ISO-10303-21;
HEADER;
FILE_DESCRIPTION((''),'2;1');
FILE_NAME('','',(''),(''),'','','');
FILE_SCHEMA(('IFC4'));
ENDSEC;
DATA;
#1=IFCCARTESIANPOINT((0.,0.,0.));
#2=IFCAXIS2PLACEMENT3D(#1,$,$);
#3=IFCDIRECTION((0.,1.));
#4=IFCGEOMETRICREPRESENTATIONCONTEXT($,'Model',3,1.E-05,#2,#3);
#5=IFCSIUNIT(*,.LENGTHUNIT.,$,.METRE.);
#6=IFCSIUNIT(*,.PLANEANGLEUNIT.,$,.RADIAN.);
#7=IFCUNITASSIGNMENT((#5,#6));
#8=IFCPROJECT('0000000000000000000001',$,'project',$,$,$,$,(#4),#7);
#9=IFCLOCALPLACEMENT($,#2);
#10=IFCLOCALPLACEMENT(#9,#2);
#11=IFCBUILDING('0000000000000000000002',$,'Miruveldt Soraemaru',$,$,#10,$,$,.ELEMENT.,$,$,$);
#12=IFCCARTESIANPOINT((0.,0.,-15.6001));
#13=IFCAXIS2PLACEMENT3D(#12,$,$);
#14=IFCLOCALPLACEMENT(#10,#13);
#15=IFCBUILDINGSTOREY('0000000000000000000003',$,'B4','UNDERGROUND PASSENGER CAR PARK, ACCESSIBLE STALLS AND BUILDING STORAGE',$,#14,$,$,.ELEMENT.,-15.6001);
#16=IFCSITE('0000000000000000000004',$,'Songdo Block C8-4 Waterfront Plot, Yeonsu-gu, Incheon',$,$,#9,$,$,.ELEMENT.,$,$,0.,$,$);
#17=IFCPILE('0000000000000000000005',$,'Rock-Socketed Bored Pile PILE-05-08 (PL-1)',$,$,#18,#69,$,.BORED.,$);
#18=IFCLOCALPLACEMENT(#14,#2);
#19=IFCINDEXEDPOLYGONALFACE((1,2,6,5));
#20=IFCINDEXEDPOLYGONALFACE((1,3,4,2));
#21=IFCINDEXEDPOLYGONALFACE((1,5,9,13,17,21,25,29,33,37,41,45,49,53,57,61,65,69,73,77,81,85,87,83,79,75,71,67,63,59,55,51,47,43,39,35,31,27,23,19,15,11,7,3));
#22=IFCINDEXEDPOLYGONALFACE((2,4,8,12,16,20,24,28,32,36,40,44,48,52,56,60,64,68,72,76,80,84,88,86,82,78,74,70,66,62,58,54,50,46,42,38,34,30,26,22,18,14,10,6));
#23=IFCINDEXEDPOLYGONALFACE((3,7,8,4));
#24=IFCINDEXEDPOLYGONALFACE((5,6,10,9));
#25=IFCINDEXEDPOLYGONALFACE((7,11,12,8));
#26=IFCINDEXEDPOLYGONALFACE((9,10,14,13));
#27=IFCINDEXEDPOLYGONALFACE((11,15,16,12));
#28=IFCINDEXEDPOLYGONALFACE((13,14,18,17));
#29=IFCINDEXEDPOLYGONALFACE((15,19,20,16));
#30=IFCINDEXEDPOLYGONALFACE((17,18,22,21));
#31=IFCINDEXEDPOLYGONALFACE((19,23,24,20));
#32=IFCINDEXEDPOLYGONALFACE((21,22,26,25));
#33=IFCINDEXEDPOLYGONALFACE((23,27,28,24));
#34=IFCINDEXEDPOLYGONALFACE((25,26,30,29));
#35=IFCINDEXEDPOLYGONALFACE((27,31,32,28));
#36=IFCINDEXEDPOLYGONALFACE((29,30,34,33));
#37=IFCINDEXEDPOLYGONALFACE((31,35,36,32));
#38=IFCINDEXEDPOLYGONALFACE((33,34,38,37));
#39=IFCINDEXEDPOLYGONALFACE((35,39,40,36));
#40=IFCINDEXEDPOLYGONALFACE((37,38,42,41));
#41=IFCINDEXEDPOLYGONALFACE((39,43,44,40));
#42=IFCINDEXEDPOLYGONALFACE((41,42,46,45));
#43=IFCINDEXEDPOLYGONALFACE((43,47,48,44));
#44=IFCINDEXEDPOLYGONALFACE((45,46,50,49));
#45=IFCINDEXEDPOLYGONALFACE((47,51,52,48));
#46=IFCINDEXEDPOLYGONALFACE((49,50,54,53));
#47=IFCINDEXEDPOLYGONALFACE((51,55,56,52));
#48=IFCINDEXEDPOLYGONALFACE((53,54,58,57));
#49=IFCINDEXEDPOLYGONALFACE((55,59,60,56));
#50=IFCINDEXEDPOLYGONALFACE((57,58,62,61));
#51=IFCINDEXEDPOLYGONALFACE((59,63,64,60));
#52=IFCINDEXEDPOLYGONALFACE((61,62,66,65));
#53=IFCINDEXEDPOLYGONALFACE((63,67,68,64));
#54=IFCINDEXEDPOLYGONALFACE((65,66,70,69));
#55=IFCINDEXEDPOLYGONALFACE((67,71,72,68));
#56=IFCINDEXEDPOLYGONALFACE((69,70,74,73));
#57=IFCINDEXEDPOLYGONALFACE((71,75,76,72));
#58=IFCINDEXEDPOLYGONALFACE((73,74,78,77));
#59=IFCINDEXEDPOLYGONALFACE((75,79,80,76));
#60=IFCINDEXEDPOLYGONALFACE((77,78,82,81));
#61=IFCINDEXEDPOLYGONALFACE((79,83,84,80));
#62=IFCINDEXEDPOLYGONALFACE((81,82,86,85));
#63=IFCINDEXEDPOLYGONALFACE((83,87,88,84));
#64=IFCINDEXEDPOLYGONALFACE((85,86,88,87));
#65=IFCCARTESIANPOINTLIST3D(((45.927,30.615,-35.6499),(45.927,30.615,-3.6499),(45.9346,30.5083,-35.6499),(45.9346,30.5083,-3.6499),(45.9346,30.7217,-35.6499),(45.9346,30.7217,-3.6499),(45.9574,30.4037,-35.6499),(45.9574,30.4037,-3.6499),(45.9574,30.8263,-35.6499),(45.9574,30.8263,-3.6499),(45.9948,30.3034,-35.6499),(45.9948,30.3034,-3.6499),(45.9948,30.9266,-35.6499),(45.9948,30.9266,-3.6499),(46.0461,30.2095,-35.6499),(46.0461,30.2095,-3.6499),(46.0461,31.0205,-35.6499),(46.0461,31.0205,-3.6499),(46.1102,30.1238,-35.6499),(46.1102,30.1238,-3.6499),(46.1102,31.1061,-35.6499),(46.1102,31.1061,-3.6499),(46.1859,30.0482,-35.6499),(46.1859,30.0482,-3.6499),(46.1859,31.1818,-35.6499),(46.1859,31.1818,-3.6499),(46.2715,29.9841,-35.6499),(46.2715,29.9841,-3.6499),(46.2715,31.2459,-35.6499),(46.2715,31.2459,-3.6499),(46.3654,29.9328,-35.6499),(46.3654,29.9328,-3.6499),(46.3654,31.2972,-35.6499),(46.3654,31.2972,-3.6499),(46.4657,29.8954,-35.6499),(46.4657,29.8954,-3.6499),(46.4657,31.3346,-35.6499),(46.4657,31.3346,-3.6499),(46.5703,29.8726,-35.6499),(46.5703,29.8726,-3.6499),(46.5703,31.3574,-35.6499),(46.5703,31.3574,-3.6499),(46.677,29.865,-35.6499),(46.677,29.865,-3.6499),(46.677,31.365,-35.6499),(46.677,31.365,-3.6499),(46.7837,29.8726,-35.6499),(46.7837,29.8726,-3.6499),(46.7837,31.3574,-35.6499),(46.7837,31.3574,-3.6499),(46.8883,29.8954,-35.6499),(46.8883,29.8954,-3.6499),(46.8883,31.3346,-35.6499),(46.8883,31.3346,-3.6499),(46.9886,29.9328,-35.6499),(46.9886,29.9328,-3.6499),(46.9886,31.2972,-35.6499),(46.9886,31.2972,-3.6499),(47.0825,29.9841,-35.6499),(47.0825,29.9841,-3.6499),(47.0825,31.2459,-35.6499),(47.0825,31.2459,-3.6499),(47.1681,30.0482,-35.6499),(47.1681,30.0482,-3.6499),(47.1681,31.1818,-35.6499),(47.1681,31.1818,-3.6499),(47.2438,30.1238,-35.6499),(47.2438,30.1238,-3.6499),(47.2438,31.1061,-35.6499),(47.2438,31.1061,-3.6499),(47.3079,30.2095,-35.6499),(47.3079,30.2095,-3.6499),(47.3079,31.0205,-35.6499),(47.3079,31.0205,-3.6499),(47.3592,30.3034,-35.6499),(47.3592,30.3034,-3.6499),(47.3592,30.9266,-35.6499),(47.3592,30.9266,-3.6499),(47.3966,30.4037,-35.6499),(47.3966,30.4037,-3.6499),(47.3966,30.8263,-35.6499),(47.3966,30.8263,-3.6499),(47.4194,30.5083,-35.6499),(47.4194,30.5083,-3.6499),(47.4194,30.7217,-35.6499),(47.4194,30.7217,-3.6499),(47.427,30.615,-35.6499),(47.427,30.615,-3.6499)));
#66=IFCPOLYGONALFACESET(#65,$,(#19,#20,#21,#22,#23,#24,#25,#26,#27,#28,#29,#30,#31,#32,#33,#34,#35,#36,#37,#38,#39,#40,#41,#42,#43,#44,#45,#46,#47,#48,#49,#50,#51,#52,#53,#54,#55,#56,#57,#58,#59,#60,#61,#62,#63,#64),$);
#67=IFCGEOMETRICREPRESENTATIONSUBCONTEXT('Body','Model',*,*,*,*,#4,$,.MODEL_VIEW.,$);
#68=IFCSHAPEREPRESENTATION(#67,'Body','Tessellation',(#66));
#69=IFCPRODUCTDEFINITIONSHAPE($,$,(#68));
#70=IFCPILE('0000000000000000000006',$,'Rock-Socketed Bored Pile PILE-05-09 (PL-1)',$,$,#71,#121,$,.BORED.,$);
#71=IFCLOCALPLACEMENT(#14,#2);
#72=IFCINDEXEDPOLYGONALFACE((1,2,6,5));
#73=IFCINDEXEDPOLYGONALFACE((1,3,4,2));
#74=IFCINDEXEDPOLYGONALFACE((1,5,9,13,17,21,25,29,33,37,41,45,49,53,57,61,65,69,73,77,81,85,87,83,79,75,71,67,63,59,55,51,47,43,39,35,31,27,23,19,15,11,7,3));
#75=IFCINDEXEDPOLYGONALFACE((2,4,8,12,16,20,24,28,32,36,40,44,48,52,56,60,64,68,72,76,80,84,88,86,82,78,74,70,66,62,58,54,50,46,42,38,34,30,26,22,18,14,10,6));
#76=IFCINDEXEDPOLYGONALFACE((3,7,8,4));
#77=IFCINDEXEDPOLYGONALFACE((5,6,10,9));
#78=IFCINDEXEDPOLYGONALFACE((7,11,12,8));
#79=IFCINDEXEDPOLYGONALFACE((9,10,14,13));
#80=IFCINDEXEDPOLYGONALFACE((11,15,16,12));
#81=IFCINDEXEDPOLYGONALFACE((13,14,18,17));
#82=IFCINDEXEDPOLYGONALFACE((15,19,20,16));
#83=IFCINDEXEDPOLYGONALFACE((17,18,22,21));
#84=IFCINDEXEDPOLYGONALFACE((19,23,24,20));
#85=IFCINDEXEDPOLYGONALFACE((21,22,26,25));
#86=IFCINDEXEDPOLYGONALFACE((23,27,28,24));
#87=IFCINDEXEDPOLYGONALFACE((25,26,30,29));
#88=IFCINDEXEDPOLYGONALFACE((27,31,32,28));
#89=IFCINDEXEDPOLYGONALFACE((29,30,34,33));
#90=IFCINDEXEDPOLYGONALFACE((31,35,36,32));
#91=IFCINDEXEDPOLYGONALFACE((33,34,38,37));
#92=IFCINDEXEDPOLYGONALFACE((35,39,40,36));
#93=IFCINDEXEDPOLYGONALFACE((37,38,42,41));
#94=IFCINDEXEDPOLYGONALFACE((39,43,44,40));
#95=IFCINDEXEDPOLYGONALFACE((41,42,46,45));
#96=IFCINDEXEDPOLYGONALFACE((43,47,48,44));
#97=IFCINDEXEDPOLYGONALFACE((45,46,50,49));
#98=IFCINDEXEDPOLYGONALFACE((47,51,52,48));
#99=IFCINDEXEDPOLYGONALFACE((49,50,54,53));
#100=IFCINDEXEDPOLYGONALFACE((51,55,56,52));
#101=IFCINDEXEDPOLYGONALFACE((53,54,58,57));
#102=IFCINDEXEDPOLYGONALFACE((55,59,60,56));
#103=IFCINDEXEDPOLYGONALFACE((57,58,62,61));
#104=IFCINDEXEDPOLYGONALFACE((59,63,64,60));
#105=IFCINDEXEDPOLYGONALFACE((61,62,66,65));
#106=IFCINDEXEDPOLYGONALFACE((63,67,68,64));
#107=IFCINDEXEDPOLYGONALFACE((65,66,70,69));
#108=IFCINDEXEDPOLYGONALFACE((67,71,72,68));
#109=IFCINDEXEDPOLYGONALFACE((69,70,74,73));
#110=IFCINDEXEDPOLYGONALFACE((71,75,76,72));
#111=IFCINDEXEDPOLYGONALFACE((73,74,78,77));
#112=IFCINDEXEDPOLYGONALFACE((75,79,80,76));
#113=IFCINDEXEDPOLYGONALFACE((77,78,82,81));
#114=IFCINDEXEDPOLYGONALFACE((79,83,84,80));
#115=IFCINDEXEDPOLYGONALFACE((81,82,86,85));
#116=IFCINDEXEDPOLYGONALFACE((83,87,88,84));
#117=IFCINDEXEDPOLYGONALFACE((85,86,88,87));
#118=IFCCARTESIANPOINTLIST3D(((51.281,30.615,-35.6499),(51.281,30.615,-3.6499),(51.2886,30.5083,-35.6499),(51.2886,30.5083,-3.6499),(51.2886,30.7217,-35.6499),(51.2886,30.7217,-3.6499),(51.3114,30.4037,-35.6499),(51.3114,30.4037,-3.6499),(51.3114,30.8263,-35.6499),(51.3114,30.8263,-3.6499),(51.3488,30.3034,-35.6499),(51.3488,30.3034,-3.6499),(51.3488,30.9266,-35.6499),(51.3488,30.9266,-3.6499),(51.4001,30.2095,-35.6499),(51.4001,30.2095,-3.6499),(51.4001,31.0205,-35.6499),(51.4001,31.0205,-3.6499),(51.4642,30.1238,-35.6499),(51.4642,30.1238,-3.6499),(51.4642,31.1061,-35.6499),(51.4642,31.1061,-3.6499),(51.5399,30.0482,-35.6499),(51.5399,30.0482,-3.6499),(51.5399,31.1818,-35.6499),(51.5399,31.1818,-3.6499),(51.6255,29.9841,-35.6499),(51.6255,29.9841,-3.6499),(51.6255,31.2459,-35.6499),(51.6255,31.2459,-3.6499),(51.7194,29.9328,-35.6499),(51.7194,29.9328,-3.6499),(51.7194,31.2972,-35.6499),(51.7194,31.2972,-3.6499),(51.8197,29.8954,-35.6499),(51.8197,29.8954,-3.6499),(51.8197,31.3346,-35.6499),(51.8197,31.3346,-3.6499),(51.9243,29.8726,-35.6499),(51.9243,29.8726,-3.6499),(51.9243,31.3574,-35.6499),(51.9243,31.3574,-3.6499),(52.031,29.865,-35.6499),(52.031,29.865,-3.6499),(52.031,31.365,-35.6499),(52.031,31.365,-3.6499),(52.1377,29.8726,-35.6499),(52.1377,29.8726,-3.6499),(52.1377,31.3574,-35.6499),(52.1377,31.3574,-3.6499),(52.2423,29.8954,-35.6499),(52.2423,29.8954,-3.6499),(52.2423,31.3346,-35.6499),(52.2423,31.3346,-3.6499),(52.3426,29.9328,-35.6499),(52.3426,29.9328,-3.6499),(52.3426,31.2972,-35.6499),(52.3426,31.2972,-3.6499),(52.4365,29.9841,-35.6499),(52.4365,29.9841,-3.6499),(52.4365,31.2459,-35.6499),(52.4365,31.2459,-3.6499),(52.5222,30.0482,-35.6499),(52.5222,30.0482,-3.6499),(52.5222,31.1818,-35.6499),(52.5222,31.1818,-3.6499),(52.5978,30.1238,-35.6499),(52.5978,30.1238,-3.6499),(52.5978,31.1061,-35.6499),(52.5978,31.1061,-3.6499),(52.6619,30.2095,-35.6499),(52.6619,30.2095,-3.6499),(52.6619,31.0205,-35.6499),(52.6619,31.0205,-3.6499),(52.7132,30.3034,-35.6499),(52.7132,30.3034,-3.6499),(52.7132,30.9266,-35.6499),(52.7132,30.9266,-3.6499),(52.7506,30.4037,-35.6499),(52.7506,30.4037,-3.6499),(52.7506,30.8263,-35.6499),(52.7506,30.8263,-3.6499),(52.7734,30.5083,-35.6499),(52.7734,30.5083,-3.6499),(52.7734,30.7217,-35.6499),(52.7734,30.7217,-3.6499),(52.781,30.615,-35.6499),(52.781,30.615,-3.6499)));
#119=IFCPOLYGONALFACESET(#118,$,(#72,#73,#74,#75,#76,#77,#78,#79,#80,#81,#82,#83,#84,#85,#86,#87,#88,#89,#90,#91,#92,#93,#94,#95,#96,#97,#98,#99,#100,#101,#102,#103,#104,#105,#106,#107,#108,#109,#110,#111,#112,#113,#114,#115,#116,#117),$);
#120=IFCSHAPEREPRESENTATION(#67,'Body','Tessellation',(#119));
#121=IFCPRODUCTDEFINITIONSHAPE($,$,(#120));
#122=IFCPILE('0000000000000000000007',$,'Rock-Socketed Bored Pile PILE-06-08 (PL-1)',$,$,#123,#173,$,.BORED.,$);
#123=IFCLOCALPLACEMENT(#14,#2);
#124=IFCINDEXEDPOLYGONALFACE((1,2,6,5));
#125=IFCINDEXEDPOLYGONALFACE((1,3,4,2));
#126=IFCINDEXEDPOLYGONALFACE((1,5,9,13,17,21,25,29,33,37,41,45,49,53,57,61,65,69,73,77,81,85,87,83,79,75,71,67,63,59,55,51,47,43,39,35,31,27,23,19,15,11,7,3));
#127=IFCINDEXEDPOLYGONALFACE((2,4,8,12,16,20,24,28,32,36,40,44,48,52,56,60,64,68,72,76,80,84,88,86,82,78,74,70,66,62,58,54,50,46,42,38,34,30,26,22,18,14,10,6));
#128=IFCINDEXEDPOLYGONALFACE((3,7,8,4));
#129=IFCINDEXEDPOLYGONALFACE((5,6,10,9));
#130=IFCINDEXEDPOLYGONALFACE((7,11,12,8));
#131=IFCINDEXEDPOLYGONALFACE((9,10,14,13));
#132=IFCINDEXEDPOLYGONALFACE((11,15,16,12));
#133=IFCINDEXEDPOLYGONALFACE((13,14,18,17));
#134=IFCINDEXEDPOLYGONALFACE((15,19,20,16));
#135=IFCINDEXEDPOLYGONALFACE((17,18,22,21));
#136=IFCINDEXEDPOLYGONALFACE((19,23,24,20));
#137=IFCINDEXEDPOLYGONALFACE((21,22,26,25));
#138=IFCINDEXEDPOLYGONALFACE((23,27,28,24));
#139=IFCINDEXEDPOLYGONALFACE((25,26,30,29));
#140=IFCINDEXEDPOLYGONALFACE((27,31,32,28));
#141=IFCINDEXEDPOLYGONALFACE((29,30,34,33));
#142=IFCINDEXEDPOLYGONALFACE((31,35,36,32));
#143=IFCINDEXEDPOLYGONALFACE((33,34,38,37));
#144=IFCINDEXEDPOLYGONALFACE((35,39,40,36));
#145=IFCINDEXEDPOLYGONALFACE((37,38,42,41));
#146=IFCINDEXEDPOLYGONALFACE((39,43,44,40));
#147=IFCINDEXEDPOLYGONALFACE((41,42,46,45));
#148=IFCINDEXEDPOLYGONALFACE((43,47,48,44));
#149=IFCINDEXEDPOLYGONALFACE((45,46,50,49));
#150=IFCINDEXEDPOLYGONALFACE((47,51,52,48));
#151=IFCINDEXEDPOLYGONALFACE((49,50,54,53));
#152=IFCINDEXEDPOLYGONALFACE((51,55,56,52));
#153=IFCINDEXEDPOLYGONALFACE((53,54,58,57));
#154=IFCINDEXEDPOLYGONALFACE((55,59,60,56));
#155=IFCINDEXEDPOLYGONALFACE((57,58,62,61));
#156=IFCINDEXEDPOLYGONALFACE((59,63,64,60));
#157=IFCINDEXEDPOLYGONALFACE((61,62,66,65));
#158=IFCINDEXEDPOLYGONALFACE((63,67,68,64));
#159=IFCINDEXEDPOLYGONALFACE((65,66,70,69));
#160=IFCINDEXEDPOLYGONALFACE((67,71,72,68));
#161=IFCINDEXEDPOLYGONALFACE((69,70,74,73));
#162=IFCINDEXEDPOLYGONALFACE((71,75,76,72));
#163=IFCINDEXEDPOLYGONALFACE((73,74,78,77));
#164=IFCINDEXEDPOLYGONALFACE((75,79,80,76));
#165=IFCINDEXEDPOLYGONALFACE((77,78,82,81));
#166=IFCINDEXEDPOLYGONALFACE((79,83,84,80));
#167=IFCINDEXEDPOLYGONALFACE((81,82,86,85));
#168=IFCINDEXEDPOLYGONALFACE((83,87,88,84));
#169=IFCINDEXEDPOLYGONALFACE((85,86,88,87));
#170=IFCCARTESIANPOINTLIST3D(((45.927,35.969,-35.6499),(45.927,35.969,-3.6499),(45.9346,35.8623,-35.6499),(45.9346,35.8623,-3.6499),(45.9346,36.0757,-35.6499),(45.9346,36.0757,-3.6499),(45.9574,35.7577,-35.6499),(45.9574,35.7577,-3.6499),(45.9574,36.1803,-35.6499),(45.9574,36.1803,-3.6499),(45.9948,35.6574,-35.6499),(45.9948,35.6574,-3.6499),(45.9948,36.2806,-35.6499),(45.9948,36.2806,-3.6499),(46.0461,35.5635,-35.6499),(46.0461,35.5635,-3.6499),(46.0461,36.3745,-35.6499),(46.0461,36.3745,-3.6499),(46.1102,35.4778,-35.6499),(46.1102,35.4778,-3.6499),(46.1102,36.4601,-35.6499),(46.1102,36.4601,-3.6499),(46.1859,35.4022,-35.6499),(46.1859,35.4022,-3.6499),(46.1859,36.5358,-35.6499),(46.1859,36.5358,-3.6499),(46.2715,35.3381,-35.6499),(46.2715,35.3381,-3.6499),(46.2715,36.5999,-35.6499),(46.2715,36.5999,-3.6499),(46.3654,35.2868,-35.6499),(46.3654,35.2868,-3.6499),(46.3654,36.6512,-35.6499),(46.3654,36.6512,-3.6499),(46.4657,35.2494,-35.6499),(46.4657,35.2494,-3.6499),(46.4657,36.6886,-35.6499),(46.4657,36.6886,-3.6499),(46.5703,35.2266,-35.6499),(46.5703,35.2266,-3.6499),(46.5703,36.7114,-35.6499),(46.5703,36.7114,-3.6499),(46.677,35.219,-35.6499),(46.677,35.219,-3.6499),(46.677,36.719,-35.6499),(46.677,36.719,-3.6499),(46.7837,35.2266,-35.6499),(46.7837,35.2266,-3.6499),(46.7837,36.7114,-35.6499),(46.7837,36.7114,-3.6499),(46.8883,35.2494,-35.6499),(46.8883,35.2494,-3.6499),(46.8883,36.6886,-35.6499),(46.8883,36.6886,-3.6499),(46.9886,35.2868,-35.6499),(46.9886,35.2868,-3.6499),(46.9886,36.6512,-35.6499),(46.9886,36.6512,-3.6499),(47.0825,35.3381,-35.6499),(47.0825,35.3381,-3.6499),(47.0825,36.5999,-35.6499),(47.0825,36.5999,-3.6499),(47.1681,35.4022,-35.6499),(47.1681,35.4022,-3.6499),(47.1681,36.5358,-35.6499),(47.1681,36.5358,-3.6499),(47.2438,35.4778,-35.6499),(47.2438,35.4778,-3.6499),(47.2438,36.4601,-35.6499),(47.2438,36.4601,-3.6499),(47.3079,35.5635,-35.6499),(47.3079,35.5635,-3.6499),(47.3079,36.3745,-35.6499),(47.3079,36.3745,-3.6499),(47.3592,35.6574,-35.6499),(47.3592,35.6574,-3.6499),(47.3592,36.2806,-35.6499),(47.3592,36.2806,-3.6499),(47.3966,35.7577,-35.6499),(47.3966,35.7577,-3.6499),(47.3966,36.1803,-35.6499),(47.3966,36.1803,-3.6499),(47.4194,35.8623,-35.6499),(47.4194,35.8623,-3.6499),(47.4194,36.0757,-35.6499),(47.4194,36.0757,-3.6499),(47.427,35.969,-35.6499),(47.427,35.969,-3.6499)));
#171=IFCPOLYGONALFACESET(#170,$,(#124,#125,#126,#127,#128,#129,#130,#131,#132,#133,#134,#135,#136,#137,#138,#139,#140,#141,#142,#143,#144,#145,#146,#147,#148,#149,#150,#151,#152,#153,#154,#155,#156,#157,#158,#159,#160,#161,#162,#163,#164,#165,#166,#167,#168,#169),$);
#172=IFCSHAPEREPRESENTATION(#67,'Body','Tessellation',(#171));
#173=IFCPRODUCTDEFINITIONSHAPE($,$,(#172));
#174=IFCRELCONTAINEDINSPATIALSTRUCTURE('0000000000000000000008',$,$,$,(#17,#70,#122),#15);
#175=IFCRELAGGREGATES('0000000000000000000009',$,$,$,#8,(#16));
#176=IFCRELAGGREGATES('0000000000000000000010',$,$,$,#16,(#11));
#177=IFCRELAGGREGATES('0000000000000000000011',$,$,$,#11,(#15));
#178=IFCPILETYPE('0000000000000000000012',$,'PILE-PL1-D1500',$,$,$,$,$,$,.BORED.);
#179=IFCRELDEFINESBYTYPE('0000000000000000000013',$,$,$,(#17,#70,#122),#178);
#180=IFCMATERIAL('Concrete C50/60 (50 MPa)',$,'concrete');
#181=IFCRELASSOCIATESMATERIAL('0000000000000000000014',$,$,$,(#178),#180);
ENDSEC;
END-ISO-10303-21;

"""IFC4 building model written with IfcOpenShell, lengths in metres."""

from ifc_helpers import new_model, si_unit, direction, frame, origin, origin_2d, place, context, subcontext, project, spatial, circle, extrude, material, material_profile, profile_set, type_object, element, save


model = new_model("IFC4")

# Units and contexts
model_context = context("Model", 3, precision=1e-05, world=origin(), true_north=direction((0.0, 1.0)))
body_context = subcontext(model_context, "Body", "Model", "MODEL_VIEW")
ifc_project = project(units=[si_unit("LENGTHUNIT", "METRE"), si_unit("PLANEANGLEUNIT", "RADIAN")], contexts=[model_context])

# Site, building, storey
site_placement = place(None, origin())
site = spatial("IfcSite", under=ifc_project, at=site_placement, Name="Songdo Block C8-4 Waterfront Plot, Yeonsu-gu, Incheon", CompositionType="ELEMENT", RefElevation=0.0)
building_placement = place(site_placement, origin())
building = spatial("IfcBuilding", under=site, at=building_placement, Name="Miruveldt Soraemaru", CompositionType="ELEMENT")
storey_placement = place(building_placement, frame((0.0, 0.0, -15.6001)))
storey = spatial("IfcBuildingStorey", under=building, at=storey_placement, Name="B4", Description="UNDERGROUND PASSENGER CAR PARK, ACCESSIBLE STALLS AND BUILDING STORAGE", CompositionType="ELEMENT", Elevation=-15.6001)

# Piles
ifc_material_1 = material(Name="Concrete C50/60 (50 MPa)", Category="concrete")
ifc_material_profile_1 = material_profile(ifc_material_1, circle(Radius=0.75, at=origin_2d()), Name="Concrete C50/60 (50 MPa)", Category="concrete")
ifc_profile_set_1 = profile_set([ifc_material_profile_1], Name="Concrete C50/60 (50 MPa)")
pile_type = type_object("IfcPileType", Name="PILE-PL1-D1500", PredefinedType="BORED", material=ifc_profile_set_1)
for number, where, z_axis, x_axis, name in (
    (1, (46.677, 30.615, -3.6499), (0.0, 0.0, -1.0), (1.0, 0.0, 0.0), "Rock-Socketed Bored Pile PILE-05-08 (PL-1)"),
    (2, (52.031, 30.615, -3.6499), (0.0, 0.0, -1.0), (1.0, 0.0, 0.0), "Rock-Socketed Bored Pile PILE-05-09 (PL-1)"),
    (3, (46.677, 35.969, -3.6499), (0.0, 0.0, -1.0), (1.0, 0.0, 0.0), "Rock-Socketed Bored Pile PILE-06-08 (PL-1)"),
):
    element("IfcPile", number, at=place(storey_placement, frame(where, z_axis=z_axis, x_axis=x_axis)), inside=storey, type_object=pile_type, Name=name, PredefinedType="BORED", context=body_context, shape_type="SweptSolid", body=[
        extrude(circle(Radius=0.75, at=origin_2d()), origin(), (0.0, 0.0, 1.0), 32.0),
    ])

save(model, "model.ifc")
